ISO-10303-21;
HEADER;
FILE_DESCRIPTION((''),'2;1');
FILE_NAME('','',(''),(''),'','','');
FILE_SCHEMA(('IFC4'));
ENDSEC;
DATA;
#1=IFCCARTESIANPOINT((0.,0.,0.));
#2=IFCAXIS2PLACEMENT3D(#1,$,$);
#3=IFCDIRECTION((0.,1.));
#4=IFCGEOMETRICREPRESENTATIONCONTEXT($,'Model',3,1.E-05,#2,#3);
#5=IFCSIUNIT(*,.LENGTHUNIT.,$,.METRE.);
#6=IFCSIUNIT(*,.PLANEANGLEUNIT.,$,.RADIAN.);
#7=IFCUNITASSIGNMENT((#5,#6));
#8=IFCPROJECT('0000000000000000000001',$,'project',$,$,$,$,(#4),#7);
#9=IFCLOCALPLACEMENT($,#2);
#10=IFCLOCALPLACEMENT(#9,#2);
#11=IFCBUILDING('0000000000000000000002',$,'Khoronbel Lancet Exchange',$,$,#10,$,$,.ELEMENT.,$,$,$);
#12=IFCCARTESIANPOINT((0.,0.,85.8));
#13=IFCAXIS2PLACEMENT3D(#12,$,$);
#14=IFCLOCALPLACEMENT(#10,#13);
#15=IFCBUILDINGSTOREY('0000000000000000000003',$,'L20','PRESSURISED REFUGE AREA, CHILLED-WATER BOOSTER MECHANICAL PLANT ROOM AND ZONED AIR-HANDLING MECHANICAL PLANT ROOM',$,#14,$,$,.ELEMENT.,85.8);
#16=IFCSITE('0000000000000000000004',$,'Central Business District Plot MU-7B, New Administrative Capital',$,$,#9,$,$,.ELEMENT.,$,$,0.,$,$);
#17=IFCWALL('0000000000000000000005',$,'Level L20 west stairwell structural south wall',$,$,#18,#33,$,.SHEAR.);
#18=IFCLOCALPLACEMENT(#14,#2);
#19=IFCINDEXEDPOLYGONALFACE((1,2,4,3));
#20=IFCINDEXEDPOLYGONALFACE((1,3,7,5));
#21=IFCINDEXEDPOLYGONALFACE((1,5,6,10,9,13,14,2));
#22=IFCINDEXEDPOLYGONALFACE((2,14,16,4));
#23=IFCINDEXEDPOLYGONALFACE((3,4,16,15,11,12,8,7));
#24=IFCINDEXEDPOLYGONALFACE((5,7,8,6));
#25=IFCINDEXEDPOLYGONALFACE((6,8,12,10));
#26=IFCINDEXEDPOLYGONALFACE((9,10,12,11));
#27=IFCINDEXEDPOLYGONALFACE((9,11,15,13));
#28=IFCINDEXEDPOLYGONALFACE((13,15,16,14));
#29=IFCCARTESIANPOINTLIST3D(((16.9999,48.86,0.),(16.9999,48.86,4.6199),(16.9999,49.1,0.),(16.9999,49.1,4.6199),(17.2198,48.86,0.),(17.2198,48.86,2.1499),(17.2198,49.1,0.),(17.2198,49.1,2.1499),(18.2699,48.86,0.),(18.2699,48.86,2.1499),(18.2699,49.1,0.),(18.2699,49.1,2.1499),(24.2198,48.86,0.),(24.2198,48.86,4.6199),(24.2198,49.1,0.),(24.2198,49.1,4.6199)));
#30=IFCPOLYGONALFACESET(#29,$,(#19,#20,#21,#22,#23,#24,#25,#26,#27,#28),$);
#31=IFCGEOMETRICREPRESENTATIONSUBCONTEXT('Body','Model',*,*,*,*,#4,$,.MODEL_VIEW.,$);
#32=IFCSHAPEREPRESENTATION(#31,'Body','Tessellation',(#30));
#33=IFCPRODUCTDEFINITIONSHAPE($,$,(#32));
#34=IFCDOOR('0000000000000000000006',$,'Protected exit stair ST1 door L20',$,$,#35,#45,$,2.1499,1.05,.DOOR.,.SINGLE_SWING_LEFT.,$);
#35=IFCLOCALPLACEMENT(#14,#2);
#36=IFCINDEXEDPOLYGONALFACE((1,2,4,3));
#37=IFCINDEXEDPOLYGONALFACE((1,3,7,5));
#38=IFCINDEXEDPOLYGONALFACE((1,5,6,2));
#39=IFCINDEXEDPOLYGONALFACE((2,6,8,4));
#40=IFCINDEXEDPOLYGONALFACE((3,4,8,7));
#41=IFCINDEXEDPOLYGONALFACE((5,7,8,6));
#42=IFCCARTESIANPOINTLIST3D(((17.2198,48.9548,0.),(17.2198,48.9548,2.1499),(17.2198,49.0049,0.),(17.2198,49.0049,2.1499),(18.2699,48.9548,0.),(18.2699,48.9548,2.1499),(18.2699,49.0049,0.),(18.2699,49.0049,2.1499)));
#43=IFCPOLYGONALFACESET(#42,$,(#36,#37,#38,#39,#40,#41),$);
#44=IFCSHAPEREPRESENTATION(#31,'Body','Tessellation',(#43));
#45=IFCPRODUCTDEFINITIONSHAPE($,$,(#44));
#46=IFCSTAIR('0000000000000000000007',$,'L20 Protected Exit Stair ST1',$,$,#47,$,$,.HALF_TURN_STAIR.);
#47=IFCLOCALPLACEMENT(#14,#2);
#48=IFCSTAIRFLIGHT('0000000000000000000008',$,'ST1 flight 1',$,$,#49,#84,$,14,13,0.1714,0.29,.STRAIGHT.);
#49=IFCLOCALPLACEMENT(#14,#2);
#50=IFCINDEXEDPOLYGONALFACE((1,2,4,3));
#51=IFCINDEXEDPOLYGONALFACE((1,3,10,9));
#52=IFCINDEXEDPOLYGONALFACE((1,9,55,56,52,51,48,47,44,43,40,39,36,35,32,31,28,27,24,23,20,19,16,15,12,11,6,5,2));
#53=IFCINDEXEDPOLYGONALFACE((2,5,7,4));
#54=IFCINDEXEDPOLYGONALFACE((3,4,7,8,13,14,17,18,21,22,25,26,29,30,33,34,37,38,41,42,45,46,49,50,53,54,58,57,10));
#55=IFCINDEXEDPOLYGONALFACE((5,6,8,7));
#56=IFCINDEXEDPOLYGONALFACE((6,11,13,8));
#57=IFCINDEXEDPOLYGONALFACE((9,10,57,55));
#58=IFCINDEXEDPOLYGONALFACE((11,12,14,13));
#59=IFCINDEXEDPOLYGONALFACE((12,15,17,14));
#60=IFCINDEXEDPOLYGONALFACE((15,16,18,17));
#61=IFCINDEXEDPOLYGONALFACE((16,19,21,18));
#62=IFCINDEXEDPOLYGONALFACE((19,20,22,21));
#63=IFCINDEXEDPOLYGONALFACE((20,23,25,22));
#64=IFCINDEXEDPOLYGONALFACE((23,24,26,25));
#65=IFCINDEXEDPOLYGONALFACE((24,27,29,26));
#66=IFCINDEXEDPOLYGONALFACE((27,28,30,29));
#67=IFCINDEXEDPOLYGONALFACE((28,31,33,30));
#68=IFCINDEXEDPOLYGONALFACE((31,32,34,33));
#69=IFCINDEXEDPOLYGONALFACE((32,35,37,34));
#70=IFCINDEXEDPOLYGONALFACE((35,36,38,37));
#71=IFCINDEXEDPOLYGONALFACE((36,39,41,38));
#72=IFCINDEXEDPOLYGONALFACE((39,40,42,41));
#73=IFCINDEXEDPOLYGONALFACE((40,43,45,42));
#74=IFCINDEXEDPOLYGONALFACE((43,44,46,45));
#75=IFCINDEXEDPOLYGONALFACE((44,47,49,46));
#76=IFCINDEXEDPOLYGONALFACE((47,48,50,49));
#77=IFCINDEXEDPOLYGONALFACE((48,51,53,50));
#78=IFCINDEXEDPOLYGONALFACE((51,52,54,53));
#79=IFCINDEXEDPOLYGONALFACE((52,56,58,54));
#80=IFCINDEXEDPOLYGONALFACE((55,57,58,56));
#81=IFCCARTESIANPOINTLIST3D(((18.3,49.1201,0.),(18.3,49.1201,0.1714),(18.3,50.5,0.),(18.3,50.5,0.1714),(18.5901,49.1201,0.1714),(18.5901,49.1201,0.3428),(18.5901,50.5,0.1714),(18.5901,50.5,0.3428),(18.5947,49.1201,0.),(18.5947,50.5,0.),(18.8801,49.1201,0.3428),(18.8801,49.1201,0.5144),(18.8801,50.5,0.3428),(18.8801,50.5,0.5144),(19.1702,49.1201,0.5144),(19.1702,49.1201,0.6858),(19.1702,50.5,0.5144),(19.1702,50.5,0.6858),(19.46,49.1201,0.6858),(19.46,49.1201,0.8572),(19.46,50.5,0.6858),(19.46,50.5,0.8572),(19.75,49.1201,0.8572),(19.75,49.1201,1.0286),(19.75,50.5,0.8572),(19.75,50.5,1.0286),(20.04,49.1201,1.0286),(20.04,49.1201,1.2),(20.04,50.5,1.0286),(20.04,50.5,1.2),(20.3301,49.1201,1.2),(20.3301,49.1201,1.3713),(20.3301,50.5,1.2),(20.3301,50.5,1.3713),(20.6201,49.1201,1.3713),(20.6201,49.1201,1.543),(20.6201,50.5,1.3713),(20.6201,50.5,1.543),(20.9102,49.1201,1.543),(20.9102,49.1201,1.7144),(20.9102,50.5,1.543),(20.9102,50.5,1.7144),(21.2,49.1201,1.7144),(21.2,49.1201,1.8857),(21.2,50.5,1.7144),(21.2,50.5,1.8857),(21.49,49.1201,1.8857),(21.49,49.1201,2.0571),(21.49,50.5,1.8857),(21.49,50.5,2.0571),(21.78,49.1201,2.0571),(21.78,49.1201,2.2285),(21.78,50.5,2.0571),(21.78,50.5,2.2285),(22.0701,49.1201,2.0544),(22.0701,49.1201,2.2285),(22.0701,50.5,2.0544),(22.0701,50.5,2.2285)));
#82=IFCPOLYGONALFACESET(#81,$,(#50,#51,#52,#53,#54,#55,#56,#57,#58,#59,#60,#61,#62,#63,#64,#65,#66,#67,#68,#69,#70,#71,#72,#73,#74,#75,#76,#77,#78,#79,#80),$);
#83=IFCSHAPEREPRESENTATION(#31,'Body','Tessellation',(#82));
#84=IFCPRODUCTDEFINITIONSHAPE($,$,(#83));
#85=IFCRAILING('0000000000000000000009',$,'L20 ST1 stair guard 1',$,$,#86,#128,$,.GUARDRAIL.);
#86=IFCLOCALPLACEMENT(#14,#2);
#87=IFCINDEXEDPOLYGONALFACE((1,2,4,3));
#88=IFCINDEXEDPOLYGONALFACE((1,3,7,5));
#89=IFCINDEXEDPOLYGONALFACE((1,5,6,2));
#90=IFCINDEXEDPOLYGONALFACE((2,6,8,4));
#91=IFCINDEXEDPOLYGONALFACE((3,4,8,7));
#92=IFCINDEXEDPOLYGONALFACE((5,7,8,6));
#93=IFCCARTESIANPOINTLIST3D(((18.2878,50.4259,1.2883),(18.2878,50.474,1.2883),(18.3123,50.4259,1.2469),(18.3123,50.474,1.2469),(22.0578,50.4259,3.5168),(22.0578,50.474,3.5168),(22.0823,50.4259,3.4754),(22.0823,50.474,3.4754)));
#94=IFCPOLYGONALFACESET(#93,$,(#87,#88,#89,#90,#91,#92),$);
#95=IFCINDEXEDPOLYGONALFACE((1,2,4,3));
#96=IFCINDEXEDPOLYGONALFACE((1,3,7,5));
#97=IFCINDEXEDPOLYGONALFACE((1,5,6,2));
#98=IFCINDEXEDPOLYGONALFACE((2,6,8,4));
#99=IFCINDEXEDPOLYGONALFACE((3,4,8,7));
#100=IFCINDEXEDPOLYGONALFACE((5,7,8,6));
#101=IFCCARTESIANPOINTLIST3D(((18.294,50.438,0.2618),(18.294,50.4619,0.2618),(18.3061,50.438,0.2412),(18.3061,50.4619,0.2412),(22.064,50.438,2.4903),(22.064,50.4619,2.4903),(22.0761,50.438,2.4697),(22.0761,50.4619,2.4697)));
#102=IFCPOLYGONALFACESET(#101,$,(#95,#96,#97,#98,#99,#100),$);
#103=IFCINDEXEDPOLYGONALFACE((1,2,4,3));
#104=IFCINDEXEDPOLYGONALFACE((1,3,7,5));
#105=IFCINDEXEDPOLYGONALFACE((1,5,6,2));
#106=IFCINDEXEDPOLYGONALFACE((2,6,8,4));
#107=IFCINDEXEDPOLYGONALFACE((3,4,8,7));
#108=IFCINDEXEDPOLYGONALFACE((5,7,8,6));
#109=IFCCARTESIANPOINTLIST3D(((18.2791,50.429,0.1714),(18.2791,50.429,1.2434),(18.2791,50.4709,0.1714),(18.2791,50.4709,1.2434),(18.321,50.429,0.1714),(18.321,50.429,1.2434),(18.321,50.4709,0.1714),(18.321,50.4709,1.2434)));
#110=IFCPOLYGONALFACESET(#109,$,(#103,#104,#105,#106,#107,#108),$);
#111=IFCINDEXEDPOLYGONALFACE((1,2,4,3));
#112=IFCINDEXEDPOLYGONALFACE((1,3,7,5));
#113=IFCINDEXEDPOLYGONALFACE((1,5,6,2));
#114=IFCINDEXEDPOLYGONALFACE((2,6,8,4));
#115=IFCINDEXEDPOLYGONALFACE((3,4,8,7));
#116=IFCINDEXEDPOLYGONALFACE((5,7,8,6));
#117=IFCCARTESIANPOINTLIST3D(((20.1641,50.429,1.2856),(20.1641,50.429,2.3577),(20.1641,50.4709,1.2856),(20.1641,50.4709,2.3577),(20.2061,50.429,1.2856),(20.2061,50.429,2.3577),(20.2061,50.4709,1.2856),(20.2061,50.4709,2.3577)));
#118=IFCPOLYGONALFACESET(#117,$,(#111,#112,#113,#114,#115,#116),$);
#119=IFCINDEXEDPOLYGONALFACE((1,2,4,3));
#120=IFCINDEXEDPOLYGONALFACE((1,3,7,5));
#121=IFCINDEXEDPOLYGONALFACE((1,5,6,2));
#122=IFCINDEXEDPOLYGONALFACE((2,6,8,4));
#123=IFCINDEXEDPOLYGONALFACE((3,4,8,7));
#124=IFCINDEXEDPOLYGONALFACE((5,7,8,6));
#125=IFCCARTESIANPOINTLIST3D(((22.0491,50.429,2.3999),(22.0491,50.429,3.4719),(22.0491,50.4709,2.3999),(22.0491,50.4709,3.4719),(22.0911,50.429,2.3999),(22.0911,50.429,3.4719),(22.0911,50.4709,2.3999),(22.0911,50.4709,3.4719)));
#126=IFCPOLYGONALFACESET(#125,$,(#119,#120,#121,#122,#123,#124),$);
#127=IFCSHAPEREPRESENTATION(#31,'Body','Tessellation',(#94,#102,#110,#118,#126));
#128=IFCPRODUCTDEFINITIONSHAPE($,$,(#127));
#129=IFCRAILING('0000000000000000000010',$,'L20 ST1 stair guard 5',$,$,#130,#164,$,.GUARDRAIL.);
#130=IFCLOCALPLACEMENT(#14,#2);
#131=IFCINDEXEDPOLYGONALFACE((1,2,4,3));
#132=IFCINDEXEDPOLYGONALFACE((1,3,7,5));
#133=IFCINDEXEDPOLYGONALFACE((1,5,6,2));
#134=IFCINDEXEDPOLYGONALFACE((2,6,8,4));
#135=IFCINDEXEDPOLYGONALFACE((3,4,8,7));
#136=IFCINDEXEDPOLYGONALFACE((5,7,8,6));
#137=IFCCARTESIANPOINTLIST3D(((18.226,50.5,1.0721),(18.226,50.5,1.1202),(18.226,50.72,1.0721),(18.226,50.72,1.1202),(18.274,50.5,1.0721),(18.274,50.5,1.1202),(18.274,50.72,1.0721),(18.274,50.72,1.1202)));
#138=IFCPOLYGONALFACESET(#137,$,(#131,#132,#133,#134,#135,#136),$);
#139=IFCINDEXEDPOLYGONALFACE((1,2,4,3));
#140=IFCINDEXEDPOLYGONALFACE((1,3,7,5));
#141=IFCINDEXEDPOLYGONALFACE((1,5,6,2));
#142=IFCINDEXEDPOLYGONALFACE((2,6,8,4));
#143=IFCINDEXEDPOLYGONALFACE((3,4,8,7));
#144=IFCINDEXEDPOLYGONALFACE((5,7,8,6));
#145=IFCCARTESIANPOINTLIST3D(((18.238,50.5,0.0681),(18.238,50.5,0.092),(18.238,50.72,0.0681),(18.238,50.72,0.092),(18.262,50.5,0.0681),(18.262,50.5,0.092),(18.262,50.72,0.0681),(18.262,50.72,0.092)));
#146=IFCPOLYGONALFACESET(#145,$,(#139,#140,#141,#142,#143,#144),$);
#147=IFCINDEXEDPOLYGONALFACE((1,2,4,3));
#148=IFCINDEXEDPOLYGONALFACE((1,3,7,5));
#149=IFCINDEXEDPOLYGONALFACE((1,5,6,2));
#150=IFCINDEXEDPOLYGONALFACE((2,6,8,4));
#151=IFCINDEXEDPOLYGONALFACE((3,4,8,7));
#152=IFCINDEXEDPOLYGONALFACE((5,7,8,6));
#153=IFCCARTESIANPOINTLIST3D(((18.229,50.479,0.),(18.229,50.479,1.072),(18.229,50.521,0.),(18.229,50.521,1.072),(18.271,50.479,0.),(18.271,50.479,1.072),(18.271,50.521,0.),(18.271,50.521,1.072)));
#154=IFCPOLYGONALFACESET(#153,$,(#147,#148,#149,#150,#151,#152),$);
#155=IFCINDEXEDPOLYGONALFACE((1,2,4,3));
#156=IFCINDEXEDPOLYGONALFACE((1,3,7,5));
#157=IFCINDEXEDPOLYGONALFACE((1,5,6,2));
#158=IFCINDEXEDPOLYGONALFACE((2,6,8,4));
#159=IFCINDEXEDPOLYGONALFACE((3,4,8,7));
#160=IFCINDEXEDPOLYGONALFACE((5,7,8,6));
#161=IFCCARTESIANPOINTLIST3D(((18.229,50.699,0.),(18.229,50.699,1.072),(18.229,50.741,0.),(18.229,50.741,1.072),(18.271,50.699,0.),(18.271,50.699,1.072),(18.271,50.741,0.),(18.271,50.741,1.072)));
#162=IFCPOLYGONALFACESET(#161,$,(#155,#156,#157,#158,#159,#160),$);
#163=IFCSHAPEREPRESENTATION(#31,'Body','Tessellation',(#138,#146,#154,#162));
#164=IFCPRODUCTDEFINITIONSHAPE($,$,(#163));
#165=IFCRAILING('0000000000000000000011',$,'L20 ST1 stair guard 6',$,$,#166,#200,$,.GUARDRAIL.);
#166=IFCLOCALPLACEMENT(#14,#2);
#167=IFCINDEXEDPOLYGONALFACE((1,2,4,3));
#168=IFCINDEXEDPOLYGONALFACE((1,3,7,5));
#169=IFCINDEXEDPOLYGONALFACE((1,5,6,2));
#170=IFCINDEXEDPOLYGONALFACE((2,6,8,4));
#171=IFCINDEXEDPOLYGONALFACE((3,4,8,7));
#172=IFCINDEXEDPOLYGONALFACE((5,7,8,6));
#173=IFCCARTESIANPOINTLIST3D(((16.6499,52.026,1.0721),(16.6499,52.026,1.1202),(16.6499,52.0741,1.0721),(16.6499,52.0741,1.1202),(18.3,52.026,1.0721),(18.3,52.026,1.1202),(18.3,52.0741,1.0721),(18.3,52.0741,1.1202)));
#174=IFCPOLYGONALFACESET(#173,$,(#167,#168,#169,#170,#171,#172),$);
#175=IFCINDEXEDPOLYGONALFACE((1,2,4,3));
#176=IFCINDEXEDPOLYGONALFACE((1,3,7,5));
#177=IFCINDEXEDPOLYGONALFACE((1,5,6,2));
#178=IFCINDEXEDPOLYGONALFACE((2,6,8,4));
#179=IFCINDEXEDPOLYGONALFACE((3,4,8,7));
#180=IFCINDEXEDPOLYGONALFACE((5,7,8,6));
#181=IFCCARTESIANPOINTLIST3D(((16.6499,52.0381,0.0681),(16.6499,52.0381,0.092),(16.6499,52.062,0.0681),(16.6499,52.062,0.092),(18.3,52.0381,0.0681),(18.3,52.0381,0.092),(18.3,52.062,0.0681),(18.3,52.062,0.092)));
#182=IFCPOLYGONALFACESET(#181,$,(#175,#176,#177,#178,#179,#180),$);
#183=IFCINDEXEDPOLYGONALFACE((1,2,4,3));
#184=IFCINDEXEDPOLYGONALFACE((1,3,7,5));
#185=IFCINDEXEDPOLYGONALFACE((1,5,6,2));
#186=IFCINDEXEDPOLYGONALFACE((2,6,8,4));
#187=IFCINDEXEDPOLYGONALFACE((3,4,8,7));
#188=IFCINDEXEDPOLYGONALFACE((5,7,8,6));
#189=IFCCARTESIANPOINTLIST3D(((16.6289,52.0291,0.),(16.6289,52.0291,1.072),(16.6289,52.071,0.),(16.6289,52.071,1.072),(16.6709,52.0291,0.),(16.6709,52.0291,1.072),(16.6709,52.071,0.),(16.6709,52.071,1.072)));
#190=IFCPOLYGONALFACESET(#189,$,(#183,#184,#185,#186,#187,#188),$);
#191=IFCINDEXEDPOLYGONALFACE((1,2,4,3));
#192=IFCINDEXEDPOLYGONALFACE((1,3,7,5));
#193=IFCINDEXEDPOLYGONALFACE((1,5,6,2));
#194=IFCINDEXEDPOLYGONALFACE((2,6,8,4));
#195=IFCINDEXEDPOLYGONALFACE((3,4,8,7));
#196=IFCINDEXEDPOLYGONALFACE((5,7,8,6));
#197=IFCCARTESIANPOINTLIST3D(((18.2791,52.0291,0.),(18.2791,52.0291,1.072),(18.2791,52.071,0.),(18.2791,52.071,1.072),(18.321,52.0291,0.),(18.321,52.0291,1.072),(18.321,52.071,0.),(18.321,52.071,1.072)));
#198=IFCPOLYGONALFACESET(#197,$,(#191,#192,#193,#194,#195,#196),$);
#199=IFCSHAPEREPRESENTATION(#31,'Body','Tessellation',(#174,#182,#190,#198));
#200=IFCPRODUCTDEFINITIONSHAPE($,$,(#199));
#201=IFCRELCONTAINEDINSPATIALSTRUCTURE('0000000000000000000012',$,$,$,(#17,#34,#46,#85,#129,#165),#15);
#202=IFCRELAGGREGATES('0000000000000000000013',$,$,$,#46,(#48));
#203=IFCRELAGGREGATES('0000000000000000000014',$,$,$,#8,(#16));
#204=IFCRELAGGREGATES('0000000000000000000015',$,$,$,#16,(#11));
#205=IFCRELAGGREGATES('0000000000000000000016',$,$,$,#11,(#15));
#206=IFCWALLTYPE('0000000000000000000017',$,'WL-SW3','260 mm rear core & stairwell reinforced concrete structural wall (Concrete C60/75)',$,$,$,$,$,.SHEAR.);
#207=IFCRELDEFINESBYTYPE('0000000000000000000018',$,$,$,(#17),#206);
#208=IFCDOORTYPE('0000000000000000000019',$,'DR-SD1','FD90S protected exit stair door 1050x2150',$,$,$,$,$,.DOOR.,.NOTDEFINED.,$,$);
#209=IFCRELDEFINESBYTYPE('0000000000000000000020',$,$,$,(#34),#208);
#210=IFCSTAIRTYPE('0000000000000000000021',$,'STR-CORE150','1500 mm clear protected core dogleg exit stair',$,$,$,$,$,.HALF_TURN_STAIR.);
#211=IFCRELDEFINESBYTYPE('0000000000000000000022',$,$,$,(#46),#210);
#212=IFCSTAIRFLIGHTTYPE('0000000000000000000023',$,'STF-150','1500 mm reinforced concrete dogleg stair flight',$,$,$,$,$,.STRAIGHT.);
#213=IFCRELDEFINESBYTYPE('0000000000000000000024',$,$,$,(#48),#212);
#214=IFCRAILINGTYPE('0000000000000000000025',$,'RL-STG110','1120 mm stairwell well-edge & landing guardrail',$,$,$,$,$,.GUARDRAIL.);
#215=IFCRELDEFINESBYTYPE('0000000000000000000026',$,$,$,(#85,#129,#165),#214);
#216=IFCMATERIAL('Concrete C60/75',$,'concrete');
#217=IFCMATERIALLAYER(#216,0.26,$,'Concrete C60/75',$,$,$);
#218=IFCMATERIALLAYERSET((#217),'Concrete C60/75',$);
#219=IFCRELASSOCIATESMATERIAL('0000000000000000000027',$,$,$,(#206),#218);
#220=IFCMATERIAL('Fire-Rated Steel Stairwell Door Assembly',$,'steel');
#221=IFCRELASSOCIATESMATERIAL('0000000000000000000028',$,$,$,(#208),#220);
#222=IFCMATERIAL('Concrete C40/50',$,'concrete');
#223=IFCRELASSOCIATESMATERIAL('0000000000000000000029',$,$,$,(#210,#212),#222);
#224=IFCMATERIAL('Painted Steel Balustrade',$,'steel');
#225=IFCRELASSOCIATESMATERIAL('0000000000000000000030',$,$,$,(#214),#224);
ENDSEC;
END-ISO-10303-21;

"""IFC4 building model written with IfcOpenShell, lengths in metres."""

from ifc_helpers import new_model, si_unit, direction, frame, frame_2d, origin, origin_2d, place, context, subcontext, project, spatial, polyline, rectangle, outline, extrude, material, layer, layer_set, type_object, element, fill, aggregate, save


model = new_model("IFC4")

# Units and contexts
model_context = context("Model", 3, precision=1e-05, world=origin(), true_north=direction((0.0, 1.0)))
body_context = subcontext(model_context, "Body", "Model", "MODEL_VIEW")
ifc_project = project(units=[si_unit("LENGTHUNIT", "METRE"), si_unit("PLANEANGLEUNIT", "RADIAN")], contexts=[model_context])

# Site, building, storey
site_placement = place(None, origin())
site = spatial("IfcSite", under=ifc_project, at=site_placement, Name="Central Business District Plot MU-7B, New Administrative Capital", CompositionType="ELEMENT", RefElevation=0.0)
building_placement = place(site_placement, origin())
building = spatial("IfcBuilding", under=site, at=building_placement, Name="Khoronbel Lancet Exchange", CompositionType="ELEMENT")
storey_placement = place(building_placement, frame((0.0, 0.0, 85.8)))
storey = spatial("IfcBuildingStorey", under=building, at=storey_placement, Name="L20", Description="PRESSURISED REFUGE AREA, CHILLED-WATER BOOSTER MECHANICAL PLANT ROOM AND ZONED AIR-HANDLING MECHANICAL PLANT ROOM", CompositionType="ELEMENT", Elevation=85.8)

# Wall, opening, door
ifc_material_1 = material(Name="Concrete C60/75", Category="concrete")
ifc_layer_1 = layer(ifc_material_1, 0.26, Name="Concrete C60/75")
ifc_layer_set_1 = layer_set([ifc_layer_1], Name="Concrete C60/75")
wall_type_1 = type_object("IfcWallType", Name="WL-SW3", Description="260 mm rear core & stairwell reinforced concrete structural wall (Concrete C60/75)", PredefinedType="SHEAR", material=ifc_layer_set_1)
wall_1_placement = place(storey_placement, frame((17.0, 48.98, 0.0), z_axis=(0.0, 0.0, 1.0), x_axis=(1.0, 0.0, 0.0)))
wall_1 = element("IfcWall", 1, at=wall_1_placement, inside=storey, type_object=wall_type_1, Name="Level L20 west stairwell structural south wall", PredefinedType="SHEAR", context=body_context, shape_type="SweptSolid", body=[
    extrude(rectangle(XDim=7.22, YDim=0.24, at=frame_2d((3.6099, 0.0))), origin(), (0.0, 0.0, 1.0), 4.6199),
])
opening_1_placement = place(wall_1_placement, frame((0.22, 0.0, 0.0)))
opening_1 = element("IfcOpeningElement", 2, at=opening_1_placement, cuts=wall_1, PredefinedType="OPENING", context=body_context, shape_type="SweptSolid", body=[
    extrude(rectangle(XDim=1.05, YDim=2.1499, at=frame_2d((0.5249, 1.075))), frame((0.0, 0.1299, 0.0), z_axis=(0.0, -1.0, 0.0), x_axis=(1.0, 0.0, 0.0)), (0.0, 0.0, 1.0), 0.26),
])
ifc_material_2 = material(Name="Fire-Rated Steel Stairwell Door Assembly", Category="steel")
door_type_1 = type_object("IfcDoorType", Name="DR-SD1", Description="FD90S protected exit stair door 1050x2150", OperationType="NOTDEFINED", PredefinedType="DOOR", material=ifc_material_2)
door_1_placement = place(opening_1_placement, origin())
door_1 = element("IfcDoor", 3, at=door_1_placement, inside=storey, type_object=door_type_1, Name="Protected exit stair ST1 door L20", OperationType="SINGLE_SWING_LEFT", OverallHeight=2.1499, OverallWidth=1.05, PredefinedType="DOOR", context=body_context, shape_type="SweptSolid", body=[
    extrude(rectangle(XDim=1.05, YDim=2.1499, at=frame_2d((0.5249, 1.075))), frame((0.0, 0.0249, 0.0), z_axis=(0.0, -1.0, 0.0), x_axis=(1.0, 0.0, 0.0)), (0.0, 0.0, 1.0), 0.05),
])
fill(opening_1, door_1)

# Stair, stair flight
ifc_material_3 = material(Name="Concrete C40/50", Category="concrete")
stair_type = type_object("IfcStairType", Name="STR-CORE150", Description="1500 mm clear protected core dogleg exit stair", PredefinedType="HALF_TURN_STAIR", material=ifc_material_3)
stair_placement = place(storey_placement, origin())
stair = element("IfcStair", 4, at=stair_placement, inside=storey, type_object=stair_type, Name="L20 Protected Exit Stair ST1", PredefinedType="HALF_TURN_STAIR")
stair_flight_type = type_object("IfcStairFlightType", Name="STF-150", Description="1500 mm reinforced concrete dogleg stair flight", PredefinedType="STRAIGHT", material=ifc_material_3)
stair_flight_placement = place(storey_placement, frame((18.3, 49.8101, 0.0), z_axis=(0.0, 0.0, 1.0), x_axis=(1.0, 0.0, 0.0)))
stair_flight = element("IfcStairFlight", 5, at=stair_flight_placement, type_object=stair_flight_type, Name="ST1 flight 1", NumberOfRisers=14, NumberOfTreads=13, PredefinedType="STRAIGHT", RiserHeight=0.1714, TreadLength=0.29, context=body_context, shape_type="SweptSolid", body=[
    extrude(outline(polyline([(0.0, 0.0), (0.0, 0.1714), (0.29, 0.1714), (0.29, 0.3428), (0.5801, 0.3428), (0.5801, 0.5144), (0.8701, 0.5144), (0.8701, 0.6858), (1.1599, 0.6858), (1.1599, 0.8572), (1.45, 0.8572), (1.45, 1.0286), (1.74, 1.0286), (1.74, 1.2), (2.03, 1.2), (2.03, 1.3713), (2.3201, 1.3713), (2.3201, 1.543), (2.6101, 1.543), (2.6101, 1.7144), (2.8999, 1.7144), (2.8999, 1.8857), (3.1899, 1.8857), (3.1899, 2.0571), (3.48, 2.0571), (3.48, 2.2285), (3.77, 2.2285), (3.77, 2.3999), (3.77, 2.0544), (0.2947, 0.0), (0.0, 0.0)])), frame((0.0, 0.6899, 0.0), z_axis=(0.0, -1.0, 0.0), x_axis=(1.0, 0.0, 0.0)), (0.0, 0.0, 1.0), 1.3799),
])
aggregate(stair, [stair_flight])

# Railings
ifc_material_4 = material(Name="Painted Steel Balustrade", Category="steel")
railing_type_1 = type_object("IfcRailingType", Name="RL-STG110", Description="1120 mm stairwell well-edge & landing guardrail", PredefinedType="GUARDRAIL", material=ifc_material_4)
railing_1_placement = place(storey_placement, frame((18.3, 50.45, 0.1714)))
element("IfcRailing", 6, at=railing_1_placement, inside=storey, type_object=railing_type_1, Name="L20 ST1 stair guard 1", PredefinedType="GUARDRAIL", context=body_context, shape_type="SweptSolid", body=[
    extrude(rectangle(XDim=0.0481, YDim=0.0481, at=origin_2d()), frame((0.0, 0.0, 1.0962), z_axis=(0.860849, 0.0, 0.508861), x_axis=(0.0, 1.0, 0.0)), (0.0, 0.0, 1.0), 4.3794),
    extrude(rectangle(XDim=0.0239, YDim=0.0239, at=origin_2d()), frame((0.0, 0.0, 0.0801), z_axis=(0.860849, 0.0, 0.508861), x_axis=(0.0, 1.0, 0.0)), (0.0, 0.0, 1.0), 4.3794),
    extrude(rectangle(XDim=0.042, YDim=0.042, at=origin_2d()), origin(), (0.0, 0.0, 1.0), 1.072),
    extrude(rectangle(XDim=0.042, YDim=0.042, at=origin_2d()), frame((1.885, 0.0, 1.1143)), (0.0, 0.0, 1.0), 1.072),
    extrude(rectangle(XDim=0.042, YDim=0.042, at=origin_2d()), frame((3.77, 0.0, 2.2285)), (0.0, 0.0, 1.0), 1.072),
])
railing_2_placement = place(storey_placement, frame((18.25, 50.5, 0.0)))
element("IfcRailing", 7, at=railing_2_placement, inside=storey, type_object=railing_type_1, Name="L20 ST1 stair guard 5", PredefinedType="GUARDRAIL", context=body_context, shape_type="SweptSolid", body=[
    extrude(rectangle(XDim=0.0481, YDim=0.0481, at=origin_2d()), frame((0.0, 0.0, 1.0962), z_axis=(0.0, 1.0, 0.0), x_axis=(-1.0, 0.0, 0.0)), (0.0, 0.0, 1.0), 0.22),
    extrude(rectangle(XDim=0.0239, YDim=0.0239, at=origin_2d()), frame((0.0, 0.0, 0.0801), z_axis=(0.0, 1.0, 0.0), x_axis=(-1.0, 0.0, 0.0)), (0.0, 0.0, 1.0), 0.22),
    extrude(rectangle(XDim=0.042, YDim=0.042, at=origin_2d()), origin(), (0.0, 0.0, 1.0), 1.072),
    extrude(rectangle(XDim=0.042, YDim=0.042, at=origin_2d()), frame((0.0, 0.22, 0.0)), (0.0, 0.0, 1.0), 1.072),
])
railing_3_placement = place(storey_placement, frame((16.6499, 52.05, 0.0)))
element("IfcRailing", 8, at=railing_3_placement, inside=storey, type_object=railing_type_1, Name="L20 ST1 stair guard 6", PredefinedType="GUARDRAIL", context=body_context, shape_type="SweptSolid", body=[
    extrude(rectangle(XDim=0.0481, YDim=0.0481, at=origin_2d()), frame((0.0, 0.0, 1.0962), z_axis=(1.0, 0.0, 0.0), x_axis=(0.0, 1.0, 0.0)), (0.0, 0.0, 1.0), 1.6501),
    extrude(rectangle(XDim=0.0239, YDim=0.0239, at=origin_2d()), frame((0.0, 0.0, 0.0801), z_axis=(1.0, 0.0, 0.0), x_axis=(0.0, 1.0, 0.0)), (0.0, 0.0, 1.0), 1.6501),
    extrude(rectangle(XDim=0.042, YDim=0.042, at=origin_2d()), origin(), (0.0, 0.0, 1.0), 1.072),
    extrude(rectangle(XDim=0.042, YDim=0.042, at=origin_2d()), frame((1.6501, 0.0, 0.0)), (0.0, 0.0, 1.0), 1.072),
])

save(model, "model.ifc")
